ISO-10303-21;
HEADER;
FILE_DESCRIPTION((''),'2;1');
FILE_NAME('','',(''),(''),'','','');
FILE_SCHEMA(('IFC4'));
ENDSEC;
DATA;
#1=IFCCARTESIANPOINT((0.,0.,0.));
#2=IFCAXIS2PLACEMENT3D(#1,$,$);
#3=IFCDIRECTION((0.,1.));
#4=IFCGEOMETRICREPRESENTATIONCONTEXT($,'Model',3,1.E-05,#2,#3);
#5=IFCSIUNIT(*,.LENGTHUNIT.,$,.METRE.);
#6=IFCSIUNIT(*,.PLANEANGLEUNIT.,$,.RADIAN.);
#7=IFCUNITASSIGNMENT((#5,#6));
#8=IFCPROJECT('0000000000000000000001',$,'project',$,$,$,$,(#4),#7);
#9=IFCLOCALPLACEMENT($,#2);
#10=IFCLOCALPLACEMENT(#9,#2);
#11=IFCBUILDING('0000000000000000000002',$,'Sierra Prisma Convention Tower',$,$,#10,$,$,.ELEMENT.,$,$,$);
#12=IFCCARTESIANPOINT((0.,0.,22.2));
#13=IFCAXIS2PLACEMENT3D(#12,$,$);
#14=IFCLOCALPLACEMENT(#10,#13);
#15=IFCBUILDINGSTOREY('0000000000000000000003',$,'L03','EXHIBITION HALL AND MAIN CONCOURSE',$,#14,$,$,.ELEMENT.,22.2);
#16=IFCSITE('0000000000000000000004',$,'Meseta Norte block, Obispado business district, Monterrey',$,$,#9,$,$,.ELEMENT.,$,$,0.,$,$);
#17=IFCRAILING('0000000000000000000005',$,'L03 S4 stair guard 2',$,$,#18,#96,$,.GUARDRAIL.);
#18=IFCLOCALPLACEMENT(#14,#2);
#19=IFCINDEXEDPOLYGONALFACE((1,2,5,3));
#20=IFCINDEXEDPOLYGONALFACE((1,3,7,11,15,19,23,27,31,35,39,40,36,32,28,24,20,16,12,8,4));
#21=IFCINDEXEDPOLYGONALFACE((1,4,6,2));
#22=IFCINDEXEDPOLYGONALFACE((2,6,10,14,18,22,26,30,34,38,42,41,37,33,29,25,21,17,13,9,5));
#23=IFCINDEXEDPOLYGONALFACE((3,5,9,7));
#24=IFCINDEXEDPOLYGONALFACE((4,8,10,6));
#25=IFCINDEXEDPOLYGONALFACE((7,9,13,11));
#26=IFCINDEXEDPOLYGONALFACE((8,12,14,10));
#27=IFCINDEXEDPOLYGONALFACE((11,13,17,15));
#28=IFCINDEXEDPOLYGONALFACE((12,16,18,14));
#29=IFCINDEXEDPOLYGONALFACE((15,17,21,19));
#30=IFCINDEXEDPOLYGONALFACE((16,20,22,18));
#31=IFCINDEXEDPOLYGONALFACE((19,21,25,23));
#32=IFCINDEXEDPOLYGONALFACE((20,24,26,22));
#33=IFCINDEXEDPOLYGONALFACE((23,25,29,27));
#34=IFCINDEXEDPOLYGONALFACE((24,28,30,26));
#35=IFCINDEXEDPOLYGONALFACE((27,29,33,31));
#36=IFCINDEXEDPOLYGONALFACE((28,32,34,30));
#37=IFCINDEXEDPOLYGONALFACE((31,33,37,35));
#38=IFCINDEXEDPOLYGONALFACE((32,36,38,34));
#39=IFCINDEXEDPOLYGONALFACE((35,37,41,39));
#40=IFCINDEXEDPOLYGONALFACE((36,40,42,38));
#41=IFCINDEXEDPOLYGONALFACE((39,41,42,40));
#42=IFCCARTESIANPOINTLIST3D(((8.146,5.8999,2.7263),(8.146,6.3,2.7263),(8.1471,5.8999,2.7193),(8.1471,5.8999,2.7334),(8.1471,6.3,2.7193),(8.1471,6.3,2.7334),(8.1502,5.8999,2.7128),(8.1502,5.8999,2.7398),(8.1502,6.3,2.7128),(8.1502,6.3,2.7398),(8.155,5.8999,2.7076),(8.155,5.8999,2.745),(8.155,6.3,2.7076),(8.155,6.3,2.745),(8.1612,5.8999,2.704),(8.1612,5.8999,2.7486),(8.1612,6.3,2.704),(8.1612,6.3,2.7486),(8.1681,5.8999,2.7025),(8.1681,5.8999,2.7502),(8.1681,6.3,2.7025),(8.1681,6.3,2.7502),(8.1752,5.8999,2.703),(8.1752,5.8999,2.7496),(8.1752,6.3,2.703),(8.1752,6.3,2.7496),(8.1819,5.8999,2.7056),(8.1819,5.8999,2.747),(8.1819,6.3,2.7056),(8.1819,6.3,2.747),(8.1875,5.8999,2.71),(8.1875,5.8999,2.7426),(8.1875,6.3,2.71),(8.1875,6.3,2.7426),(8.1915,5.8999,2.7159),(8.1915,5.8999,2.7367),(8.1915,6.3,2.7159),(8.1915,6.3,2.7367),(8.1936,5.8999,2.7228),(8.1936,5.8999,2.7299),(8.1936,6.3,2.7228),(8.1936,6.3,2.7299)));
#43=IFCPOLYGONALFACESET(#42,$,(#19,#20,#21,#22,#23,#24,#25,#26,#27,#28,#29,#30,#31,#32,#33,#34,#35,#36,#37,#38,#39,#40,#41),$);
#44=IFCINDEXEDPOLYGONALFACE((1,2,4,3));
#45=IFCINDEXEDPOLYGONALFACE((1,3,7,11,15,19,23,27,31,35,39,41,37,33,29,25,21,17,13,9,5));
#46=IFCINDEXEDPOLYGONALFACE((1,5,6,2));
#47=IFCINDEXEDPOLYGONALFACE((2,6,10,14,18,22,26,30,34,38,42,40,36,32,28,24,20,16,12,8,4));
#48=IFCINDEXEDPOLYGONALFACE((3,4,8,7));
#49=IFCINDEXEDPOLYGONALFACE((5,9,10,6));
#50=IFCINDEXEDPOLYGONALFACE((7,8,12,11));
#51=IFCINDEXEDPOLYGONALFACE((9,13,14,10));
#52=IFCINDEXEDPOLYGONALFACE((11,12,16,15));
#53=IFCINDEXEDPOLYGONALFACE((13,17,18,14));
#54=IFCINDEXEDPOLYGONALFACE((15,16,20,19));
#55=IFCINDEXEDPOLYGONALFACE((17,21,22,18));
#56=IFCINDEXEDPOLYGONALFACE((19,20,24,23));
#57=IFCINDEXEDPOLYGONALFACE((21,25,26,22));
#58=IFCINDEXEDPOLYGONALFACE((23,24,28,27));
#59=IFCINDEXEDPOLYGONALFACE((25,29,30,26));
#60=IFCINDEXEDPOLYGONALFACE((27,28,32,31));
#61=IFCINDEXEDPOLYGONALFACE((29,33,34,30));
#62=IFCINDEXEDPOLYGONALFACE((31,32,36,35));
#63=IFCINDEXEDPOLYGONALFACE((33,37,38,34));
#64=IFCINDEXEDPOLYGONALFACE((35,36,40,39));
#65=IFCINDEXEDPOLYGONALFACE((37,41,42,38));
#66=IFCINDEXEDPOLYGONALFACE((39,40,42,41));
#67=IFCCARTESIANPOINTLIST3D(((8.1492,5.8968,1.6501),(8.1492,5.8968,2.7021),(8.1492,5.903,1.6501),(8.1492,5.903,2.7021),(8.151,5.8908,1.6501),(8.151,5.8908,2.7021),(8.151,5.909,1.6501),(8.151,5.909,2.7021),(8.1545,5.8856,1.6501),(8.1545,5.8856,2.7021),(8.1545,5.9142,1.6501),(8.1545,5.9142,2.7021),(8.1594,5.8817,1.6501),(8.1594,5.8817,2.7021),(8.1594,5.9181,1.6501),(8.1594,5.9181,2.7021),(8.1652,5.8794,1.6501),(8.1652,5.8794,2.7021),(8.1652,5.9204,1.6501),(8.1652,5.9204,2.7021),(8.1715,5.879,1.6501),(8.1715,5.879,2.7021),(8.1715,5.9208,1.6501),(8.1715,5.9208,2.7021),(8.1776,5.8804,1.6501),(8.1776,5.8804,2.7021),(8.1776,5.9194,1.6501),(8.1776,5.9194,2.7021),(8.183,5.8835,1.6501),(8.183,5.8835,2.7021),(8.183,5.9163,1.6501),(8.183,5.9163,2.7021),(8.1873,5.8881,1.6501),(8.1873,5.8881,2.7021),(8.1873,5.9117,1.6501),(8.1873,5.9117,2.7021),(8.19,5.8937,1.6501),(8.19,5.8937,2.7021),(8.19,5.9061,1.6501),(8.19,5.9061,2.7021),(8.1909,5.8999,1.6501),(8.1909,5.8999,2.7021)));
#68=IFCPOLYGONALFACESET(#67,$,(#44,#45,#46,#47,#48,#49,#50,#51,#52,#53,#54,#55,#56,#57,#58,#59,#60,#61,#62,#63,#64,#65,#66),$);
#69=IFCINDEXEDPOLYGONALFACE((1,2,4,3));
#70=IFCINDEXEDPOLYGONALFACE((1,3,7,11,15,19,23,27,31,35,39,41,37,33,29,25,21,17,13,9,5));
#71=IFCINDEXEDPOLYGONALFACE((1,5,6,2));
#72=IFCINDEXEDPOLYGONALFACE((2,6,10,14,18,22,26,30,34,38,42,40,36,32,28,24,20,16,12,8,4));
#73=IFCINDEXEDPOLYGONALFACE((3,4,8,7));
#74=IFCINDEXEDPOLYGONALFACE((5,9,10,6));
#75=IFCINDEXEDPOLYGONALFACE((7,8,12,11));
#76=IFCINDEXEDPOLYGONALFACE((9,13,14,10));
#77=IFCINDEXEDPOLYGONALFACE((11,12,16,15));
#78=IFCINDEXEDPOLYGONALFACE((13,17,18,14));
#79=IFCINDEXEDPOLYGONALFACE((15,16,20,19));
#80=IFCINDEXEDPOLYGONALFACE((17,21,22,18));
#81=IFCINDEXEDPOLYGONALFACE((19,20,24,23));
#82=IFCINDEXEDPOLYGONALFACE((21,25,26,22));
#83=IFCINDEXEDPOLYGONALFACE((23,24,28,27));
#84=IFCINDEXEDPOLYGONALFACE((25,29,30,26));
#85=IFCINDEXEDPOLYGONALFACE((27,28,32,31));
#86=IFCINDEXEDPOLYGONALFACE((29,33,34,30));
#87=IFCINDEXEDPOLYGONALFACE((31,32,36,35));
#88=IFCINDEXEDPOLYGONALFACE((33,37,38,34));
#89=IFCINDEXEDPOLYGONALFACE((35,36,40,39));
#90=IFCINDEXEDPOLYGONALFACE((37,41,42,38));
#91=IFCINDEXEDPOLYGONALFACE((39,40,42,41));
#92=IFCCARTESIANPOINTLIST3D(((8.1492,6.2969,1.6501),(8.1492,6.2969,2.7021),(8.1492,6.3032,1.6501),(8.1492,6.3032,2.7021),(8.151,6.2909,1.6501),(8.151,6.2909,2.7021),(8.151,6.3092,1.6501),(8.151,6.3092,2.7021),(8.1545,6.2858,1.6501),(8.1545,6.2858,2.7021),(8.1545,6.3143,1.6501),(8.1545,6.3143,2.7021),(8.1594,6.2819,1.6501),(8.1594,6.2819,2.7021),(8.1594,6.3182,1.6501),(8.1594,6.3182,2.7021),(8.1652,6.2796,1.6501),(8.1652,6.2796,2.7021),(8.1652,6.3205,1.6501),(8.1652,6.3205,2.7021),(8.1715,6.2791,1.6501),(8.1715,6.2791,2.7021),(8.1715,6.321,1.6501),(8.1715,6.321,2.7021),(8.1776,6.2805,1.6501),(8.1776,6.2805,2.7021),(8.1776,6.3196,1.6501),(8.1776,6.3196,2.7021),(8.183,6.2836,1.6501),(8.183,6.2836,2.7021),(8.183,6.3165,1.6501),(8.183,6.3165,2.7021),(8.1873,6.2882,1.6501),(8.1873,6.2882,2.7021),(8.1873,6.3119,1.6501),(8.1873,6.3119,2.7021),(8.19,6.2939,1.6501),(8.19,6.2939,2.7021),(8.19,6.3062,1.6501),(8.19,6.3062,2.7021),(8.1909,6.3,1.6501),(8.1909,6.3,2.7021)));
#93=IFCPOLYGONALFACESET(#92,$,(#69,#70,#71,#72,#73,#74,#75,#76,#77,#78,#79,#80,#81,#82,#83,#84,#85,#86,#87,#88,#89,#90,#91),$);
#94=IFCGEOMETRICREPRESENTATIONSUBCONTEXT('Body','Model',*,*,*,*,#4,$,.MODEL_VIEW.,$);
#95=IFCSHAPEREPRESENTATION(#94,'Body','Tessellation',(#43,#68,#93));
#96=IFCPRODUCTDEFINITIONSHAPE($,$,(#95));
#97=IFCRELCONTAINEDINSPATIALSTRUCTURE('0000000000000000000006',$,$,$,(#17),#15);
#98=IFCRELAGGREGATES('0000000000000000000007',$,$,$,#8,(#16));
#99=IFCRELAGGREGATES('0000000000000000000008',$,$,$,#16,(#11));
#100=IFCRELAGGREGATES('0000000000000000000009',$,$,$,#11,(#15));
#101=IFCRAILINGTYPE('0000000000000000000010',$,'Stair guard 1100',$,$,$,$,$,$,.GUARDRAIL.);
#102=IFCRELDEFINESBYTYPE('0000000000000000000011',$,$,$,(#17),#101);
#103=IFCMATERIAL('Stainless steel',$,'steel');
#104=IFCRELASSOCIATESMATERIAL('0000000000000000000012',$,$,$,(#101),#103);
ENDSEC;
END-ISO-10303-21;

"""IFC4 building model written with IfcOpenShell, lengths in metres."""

from ifc_helpers import new_model, si_unit, direction, frame, origin, origin_2d, place, context, subcontext, project, spatial, circle, extrude, material, type_object, element, save


model = new_model("IFC4")

# Units and contexts
model_context = context("Model", 3, precision=1e-05, world=origin(), true_north=direction((0.0, 1.0)))
body_context = subcontext(model_context, "Body", "Model", "MODEL_VIEW")
ifc_project = project(units=[si_unit("LENGTHUNIT", "METRE"), si_unit("PLANEANGLEUNIT", "RADIAN")], contexts=[model_context])

# Site, building, storey
site_placement = place(None, origin())
site = spatial("IfcSite", under=ifc_project, at=site_placement, Name="Meseta Norte block, Obispado business district, Monterrey", CompositionType="ELEMENT", RefElevation=0.0)
building_placement = place(site_placement, origin())
building = spatial("IfcBuilding", under=site, at=building_placement, Name="Sierra Prisma Convention Tower", CompositionType="ELEMENT")
storey_placement = place(building_placement, frame((0.0, 0.0, 22.2)))
storey = spatial("IfcBuildingStorey", under=building, at=storey_placement, Name="L03", Description="EXHIBITION HALL AND MAIN CONCOURSE", CompositionType="ELEMENT", Elevation=22.2)

# Railing
ifc_material_1 = material(Name="Stainless steel", Category="steel")
railing_type_1 = type_object("IfcRailingType", Name="Stair guard 1100", PredefinedType="GUARDRAIL", material=ifc_material_1)
railing_1_placement = place(storey_placement, frame((8.1699, 5.8999, 1.6501)))
element("IfcRailing", 1, at=railing_1_placement, inside=storey, type_object=railing_type_1, Name="L03 S4 stair guard 2", PredefinedType="GUARDRAIL", context=body_context, shape_type="SweptSolid", body=[
    extrude(circle(Radius=0.0239, at=origin_2d()), frame((0.0, 0.0, 1.0762), z_axis=(0.0, 1.0, 0.0), x_axis=(-1.0, 0.0, 0.0)), (0.0, 0.0, 1.0), 0.4001),
    extrude(circle(Radius=0.021, at=origin_2d()), origin(), (0.0, 0.0, 1.0), 1.052),
    extrude(circle(Radius=0.021, at=origin_2d()), frame((0.0, 0.4001, 0.0)), (0.0, 0.0, 1.0), 1.052),
])

save(model, "model.ifc")
